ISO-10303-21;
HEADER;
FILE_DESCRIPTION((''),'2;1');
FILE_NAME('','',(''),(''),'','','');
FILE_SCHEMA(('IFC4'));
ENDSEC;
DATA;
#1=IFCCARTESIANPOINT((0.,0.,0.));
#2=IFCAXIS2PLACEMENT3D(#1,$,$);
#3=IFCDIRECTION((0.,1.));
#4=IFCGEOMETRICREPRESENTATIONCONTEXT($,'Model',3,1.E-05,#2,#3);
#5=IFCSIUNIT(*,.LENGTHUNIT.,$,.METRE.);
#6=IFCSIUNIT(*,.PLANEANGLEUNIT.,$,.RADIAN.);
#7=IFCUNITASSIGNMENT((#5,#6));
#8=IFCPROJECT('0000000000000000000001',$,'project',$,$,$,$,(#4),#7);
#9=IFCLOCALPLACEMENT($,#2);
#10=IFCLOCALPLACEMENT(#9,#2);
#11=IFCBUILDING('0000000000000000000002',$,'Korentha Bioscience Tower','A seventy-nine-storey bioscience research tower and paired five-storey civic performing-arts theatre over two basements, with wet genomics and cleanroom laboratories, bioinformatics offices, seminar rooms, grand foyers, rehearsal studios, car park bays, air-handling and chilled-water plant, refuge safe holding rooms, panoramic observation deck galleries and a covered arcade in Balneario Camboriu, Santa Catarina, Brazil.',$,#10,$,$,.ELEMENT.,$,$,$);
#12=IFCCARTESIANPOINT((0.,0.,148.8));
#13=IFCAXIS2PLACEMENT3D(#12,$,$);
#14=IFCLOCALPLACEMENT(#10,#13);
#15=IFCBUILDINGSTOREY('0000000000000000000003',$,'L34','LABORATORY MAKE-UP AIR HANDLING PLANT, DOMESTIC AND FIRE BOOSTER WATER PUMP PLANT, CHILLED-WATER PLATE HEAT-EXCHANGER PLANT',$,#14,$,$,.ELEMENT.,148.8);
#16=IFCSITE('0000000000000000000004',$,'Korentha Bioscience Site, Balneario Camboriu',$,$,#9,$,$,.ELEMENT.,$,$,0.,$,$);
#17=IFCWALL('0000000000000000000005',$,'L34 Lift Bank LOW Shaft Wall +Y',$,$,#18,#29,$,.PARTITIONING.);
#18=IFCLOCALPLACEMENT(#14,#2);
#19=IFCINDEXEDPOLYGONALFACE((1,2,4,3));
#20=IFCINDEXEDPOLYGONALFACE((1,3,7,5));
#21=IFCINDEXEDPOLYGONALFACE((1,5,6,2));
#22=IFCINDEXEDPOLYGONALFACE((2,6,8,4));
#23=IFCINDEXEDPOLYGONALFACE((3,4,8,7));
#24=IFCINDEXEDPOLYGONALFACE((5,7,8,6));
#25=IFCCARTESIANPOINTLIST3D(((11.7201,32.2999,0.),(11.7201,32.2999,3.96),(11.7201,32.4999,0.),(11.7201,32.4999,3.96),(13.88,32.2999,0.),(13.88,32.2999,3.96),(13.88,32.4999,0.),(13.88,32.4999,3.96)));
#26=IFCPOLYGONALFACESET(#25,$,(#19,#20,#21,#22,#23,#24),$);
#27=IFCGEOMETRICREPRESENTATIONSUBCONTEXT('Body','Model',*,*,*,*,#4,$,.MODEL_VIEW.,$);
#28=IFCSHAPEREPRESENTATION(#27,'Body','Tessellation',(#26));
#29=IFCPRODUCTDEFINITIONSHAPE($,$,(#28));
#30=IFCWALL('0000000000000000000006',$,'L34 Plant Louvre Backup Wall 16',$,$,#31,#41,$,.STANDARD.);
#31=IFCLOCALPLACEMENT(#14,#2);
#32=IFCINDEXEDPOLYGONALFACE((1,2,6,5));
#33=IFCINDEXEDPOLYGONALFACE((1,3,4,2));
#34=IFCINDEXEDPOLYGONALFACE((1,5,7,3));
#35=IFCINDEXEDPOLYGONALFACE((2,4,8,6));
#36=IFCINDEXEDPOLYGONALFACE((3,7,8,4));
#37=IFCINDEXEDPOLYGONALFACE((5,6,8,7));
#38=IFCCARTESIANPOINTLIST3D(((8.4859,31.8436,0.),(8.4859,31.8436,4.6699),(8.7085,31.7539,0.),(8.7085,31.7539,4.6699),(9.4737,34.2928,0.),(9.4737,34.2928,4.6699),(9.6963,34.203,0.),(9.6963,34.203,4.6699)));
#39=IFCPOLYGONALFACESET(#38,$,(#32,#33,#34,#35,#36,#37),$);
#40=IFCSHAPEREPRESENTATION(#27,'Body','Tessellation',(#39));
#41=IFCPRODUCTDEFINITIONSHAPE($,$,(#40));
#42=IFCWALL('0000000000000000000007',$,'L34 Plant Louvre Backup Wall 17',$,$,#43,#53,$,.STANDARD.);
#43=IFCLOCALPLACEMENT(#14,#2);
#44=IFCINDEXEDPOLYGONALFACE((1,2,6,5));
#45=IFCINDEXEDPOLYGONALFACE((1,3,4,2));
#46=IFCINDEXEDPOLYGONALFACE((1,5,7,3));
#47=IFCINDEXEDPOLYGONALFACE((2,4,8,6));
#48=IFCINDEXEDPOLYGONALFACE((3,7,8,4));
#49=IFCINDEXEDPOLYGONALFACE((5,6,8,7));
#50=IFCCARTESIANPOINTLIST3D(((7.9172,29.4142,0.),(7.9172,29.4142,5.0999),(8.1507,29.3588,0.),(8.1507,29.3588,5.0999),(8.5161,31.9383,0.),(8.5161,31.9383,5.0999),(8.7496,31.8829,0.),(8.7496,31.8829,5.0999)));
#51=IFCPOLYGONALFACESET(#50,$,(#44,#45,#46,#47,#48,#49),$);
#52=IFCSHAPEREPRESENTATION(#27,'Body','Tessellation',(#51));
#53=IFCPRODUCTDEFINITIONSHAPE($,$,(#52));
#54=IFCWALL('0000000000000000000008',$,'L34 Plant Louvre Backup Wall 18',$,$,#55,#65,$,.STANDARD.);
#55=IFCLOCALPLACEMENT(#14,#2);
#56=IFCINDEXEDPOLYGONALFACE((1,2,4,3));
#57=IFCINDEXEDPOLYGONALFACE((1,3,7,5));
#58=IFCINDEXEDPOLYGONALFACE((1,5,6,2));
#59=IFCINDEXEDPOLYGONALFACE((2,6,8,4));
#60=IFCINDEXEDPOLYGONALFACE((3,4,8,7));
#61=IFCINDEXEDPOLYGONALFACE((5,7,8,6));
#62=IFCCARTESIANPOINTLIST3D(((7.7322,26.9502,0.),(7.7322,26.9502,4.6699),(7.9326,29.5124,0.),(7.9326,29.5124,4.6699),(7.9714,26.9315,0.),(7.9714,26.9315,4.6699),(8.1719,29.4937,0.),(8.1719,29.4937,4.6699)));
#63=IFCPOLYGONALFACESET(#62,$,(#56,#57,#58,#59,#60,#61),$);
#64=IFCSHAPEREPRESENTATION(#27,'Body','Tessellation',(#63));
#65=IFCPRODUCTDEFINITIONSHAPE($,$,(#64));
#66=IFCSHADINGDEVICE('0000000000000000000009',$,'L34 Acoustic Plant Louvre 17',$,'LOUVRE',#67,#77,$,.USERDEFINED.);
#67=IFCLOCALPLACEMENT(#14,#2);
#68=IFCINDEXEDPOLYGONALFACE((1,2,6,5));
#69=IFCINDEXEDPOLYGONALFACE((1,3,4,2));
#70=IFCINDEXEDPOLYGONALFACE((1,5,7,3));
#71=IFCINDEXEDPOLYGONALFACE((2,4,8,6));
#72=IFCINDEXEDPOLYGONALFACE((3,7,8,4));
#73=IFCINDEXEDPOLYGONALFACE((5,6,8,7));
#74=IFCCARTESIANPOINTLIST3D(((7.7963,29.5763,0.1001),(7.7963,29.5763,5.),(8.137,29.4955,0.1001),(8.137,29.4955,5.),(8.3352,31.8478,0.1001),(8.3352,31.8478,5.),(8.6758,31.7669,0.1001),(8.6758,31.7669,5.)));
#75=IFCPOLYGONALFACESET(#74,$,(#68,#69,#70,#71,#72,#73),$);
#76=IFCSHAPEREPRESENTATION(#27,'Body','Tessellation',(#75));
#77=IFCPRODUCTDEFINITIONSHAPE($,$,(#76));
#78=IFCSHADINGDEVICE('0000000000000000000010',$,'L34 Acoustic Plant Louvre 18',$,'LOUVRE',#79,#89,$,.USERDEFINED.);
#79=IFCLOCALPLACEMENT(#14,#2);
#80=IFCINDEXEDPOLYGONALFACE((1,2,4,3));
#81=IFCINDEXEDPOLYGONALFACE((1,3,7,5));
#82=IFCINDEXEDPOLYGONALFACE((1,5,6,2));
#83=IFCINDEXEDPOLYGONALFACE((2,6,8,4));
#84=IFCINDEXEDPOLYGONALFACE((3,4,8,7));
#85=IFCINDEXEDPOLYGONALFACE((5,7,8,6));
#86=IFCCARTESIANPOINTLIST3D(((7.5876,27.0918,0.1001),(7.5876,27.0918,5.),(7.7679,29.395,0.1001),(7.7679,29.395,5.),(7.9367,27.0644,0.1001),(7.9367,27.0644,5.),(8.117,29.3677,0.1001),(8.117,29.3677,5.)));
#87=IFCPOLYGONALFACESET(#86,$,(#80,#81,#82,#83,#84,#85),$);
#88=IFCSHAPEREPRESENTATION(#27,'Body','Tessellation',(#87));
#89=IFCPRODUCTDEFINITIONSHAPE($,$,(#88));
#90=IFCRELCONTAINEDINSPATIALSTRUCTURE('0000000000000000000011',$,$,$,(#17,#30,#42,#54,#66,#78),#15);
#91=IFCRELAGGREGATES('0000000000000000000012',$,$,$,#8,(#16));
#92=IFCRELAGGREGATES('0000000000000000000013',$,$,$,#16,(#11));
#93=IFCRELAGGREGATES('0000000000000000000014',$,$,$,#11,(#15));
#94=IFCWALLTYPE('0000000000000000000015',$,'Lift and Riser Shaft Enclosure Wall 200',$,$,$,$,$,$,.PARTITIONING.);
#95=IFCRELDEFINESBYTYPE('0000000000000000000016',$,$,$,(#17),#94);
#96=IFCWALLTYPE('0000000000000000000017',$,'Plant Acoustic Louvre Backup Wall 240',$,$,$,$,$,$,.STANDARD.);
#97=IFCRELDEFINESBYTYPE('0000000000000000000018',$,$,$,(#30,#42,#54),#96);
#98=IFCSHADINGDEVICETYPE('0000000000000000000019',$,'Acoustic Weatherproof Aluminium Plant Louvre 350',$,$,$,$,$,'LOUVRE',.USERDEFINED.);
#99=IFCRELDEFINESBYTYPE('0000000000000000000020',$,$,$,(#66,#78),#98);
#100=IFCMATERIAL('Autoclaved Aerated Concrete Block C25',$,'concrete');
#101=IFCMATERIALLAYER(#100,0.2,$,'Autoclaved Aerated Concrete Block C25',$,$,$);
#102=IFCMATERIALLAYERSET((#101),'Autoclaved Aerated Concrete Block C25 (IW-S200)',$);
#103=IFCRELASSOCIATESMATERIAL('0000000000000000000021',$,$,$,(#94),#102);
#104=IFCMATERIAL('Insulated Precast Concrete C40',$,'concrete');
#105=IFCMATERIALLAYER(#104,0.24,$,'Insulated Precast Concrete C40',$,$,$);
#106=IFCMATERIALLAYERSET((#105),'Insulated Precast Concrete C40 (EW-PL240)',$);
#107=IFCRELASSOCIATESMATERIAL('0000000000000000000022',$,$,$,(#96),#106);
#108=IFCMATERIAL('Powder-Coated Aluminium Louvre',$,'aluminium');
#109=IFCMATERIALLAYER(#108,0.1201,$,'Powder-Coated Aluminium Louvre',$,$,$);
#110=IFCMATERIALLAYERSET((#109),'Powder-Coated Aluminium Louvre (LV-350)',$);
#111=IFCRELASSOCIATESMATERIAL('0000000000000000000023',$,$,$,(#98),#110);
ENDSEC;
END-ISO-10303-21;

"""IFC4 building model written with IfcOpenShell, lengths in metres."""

from ifc_helpers import new_model, si_unit, direction, frame, frame_2d, origin, origin_2d, place, context, subcontext, project, spatial, rectangle, extrude, material, layer, layer_set, type_object, element, save


model = new_model("IFC4")

# Units and contexts
model_context = context("Model", 3, precision=1e-05, world=origin(), true_north=direction((0.0, 1.0)))
body_context = subcontext(model_context, "Body", "Model", "MODEL_VIEW")
ifc_project = project(units=[si_unit("LENGTHUNIT", "METRE"), si_unit("PLANEANGLEUNIT", "RADIAN")], contexts=[model_context])

# Site, building, storey
site_placement = place(None, origin())
site = spatial("IfcSite", under=ifc_project, at=site_placement, Name="Korentha Bioscience Site, Balneario Camboriu", CompositionType="ELEMENT", RefElevation=0.0)
building_placement = place(site_placement, origin())
building = spatial("IfcBuilding", under=site, at=building_placement, Name="Korentha Bioscience Tower", Description="A seventy-nine-storey bioscience research tower and paired five-storey civic performing-arts theatre over two basements, with wet genomics and cleanroom laboratories, bioinformatics offices, seminar rooms, grand foyers, rehearsal studios, car park bays, air-handling and chilled-water plant, refuge safe holding rooms, panoramic observation deck galleries and a covered arcade in Balneario Camboriu, Santa Catarina, Brazil.", CompositionType="ELEMENT")
storey_placement = place(building_placement, frame((0.0, 0.0, 148.8)))
storey = spatial("IfcBuildingStorey", under=building, at=storey_placement, Name="L34", Description="LABORATORY MAKE-UP AIR HANDLING PLANT, DOMESTIC AND FIRE BOOSTER WATER PUMP PLANT, CHILLED-WATER PLATE HEAT-EXCHANGER PLANT", CompositionType="ELEMENT", Elevation=148.8)

# Walls
ifc_material_1 = material(Name="Autoclaved Aerated Concrete Block C25", Category="concrete")
ifc_layer_1 = layer(ifc_material_1, 0.2, Name="Autoclaved Aerated Concrete Block C25")
ifc_layer_set_1 = layer_set([ifc_layer_1], Name="Autoclaved Aerated Concrete Block C25 (IW-S200)")
wall_type_1 = type_object("IfcWallType", Name="Lift and Riser Shaft Enclosure Wall 200", PredefinedType="PARTITIONING", material=ifc_layer_set_1)
wall_1_placement = place(storey_placement, frame((11.72, 32.3999, 0.0), z_axis=(0.0, 0.0, 1.0), x_axis=(1.0, 0.0, 0.0)))
element("IfcWall", 1, at=wall_1_placement, inside=storey, type_object=wall_type_1, Name="L34 Lift Bank LOW Shaft Wall +Y", PredefinedType="PARTITIONING", context=body_context, shape_type="SweptSolid", body=[
    extrude(rectangle(XDim=2.1599, YDim=0.2, at=frame_2d((1.0801, 0.0))), origin(), (0.0, 0.0, 1.0), 3.96),
])
ifc_material_2 = material(Name="Insulated Precast Concrete C40", Category="concrete")
ifc_layer_2 = layer(ifc_material_2, 0.24, Name="Insulated Precast Concrete C40")
ifc_layer_set_2 = layer_set([ifc_layer_2], Name="Insulated Precast Concrete C40 (EW-PL240)")
wall_type_2 = type_object("IfcWallType", Name="Plant Acoustic Louvre Backup Wall 240", PredefinedType="STANDARD", material=ifc_layer_set_2)
wall_2_placement = place(storey_placement, frame((9.585, 34.2478, 0.0), z_axis=(0.0, 0.0, 1.0), x_axis=(-0.374035, -0.927415, 0.0)))
element("IfcWall", 2, at=wall_2_placement, inside=storey, type_object=wall_type_2, Name="L34 Plant Louvre Backup Wall 16", PredefinedType="STANDARD", context=body_context, shape_type="SweptSolid", body=[
    extrude(rectangle(XDim=2.6409, YDim=0.24, at=frame_2d((1.3203, 0.0))), origin(), (0.0, 0.0, 1.0), 4.6699),
])
wall_3_placement = place(storey_placement, frame((8.6328, 31.9106, 0.0), z_axis=(0.0, 0.0, 1.0), x_axis=(-0.230849, -0.97299, 0.0)))
element("IfcWall", 3, at=wall_3_placement, inside=storey, type_object=wall_type_2, Name="L34 Plant Louvre Backup Wall 17", PredefinedType="STANDARD", context=body_context, shape_type="SweptSolid", body=[
    extrude(rectangle(XDim=2.5942, YDim=0.24, at=frame_2d((1.2971, 0.0))), origin(), (0.0, 0.0, 1.0), 5.0999),
])
wall_4_placement = place(storey_placement, frame((8.0522, 29.5032, 0.0), z_axis=(0.0, 0.0, 1.0), x_axis=(-0.077989, -0.996954, 0.0)))
element("IfcWall", 4, at=wall_4_placement, inside=storey, type_object=wall_type_2, Name="L34 Plant Louvre Backup Wall 18", PredefinedType="STANDARD", context=body_context, shape_type="SweptSolid", body=[
    extrude(rectangle(XDim=2.5701, YDim=0.24, at=frame_2d((1.2852, 0.0))), origin(), (0.0, 0.0, 1.0), 4.6699),
])

# Shading devices
ifc_material_3 = material(Name="Powder-Coated Aluminium Louvre", Category="aluminium")
ifc_layer_3 = layer(ifc_material_3, 0.1201, Name="Powder-Coated Aluminium Louvre")
ifc_layer_set_3 = layer_set([ifc_layer_3], Name="Powder-Coated Aluminium Louvre (LV-350)")
shading_device_type = type_object("IfcShadingDeviceType", Name="Acoustic Weatherproof Aluminium Plant Louvre 350", ElementType="LOUVRE", PredefinedType="USERDEFINED", material=ifc_layer_set_3)
shading_device_1_placement = place(storey_placement, frame((8.2361, 30.6716, 0.1001), z_axis=(0.0, 0.0, 1.0), x_axis=(-0.230831, -0.972994, 0.0)))
element("IfcShadingDevice", 5, at=shading_device_1_placement, inside=storey, type_object=shading_device_type, Name="L34 Acoustic Plant Louvre 17", ObjectType="LOUVRE", PredefinedType="USERDEFINED", context=body_context, shape_type="SweptSolid", body=[
    extrude(rectangle(XDim=2.3345, YDim=0.3501, at=origin_2d()), origin(), (0.0, 0.0, 1.0), 4.8999),
])
shading_device_2_placement = place(storey_placement, frame((7.8523, 28.2297, 0.1001), z_axis=(0.0, 0.0, 1.0), x_axis=(-0.078049, -0.99695, 0.0)))
element("IfcShadingDevice", 6, at=shading_device_2_placement, inside=storey, type_object=shading_device_type, Name="L34 Acoustic Plant Louvre 18", ObjectType="LOUVRE", PredefinedType="USERDEFINED", context=body_context, shape_type="SweptSolid", body=[
    extrude(rectangle(XDim=2.3103, YDim=0.3501, at=origin_2d()), origin(), (0.0, 0.0, 1.0), 4.8999),
])

save(model, "model.ifc")
